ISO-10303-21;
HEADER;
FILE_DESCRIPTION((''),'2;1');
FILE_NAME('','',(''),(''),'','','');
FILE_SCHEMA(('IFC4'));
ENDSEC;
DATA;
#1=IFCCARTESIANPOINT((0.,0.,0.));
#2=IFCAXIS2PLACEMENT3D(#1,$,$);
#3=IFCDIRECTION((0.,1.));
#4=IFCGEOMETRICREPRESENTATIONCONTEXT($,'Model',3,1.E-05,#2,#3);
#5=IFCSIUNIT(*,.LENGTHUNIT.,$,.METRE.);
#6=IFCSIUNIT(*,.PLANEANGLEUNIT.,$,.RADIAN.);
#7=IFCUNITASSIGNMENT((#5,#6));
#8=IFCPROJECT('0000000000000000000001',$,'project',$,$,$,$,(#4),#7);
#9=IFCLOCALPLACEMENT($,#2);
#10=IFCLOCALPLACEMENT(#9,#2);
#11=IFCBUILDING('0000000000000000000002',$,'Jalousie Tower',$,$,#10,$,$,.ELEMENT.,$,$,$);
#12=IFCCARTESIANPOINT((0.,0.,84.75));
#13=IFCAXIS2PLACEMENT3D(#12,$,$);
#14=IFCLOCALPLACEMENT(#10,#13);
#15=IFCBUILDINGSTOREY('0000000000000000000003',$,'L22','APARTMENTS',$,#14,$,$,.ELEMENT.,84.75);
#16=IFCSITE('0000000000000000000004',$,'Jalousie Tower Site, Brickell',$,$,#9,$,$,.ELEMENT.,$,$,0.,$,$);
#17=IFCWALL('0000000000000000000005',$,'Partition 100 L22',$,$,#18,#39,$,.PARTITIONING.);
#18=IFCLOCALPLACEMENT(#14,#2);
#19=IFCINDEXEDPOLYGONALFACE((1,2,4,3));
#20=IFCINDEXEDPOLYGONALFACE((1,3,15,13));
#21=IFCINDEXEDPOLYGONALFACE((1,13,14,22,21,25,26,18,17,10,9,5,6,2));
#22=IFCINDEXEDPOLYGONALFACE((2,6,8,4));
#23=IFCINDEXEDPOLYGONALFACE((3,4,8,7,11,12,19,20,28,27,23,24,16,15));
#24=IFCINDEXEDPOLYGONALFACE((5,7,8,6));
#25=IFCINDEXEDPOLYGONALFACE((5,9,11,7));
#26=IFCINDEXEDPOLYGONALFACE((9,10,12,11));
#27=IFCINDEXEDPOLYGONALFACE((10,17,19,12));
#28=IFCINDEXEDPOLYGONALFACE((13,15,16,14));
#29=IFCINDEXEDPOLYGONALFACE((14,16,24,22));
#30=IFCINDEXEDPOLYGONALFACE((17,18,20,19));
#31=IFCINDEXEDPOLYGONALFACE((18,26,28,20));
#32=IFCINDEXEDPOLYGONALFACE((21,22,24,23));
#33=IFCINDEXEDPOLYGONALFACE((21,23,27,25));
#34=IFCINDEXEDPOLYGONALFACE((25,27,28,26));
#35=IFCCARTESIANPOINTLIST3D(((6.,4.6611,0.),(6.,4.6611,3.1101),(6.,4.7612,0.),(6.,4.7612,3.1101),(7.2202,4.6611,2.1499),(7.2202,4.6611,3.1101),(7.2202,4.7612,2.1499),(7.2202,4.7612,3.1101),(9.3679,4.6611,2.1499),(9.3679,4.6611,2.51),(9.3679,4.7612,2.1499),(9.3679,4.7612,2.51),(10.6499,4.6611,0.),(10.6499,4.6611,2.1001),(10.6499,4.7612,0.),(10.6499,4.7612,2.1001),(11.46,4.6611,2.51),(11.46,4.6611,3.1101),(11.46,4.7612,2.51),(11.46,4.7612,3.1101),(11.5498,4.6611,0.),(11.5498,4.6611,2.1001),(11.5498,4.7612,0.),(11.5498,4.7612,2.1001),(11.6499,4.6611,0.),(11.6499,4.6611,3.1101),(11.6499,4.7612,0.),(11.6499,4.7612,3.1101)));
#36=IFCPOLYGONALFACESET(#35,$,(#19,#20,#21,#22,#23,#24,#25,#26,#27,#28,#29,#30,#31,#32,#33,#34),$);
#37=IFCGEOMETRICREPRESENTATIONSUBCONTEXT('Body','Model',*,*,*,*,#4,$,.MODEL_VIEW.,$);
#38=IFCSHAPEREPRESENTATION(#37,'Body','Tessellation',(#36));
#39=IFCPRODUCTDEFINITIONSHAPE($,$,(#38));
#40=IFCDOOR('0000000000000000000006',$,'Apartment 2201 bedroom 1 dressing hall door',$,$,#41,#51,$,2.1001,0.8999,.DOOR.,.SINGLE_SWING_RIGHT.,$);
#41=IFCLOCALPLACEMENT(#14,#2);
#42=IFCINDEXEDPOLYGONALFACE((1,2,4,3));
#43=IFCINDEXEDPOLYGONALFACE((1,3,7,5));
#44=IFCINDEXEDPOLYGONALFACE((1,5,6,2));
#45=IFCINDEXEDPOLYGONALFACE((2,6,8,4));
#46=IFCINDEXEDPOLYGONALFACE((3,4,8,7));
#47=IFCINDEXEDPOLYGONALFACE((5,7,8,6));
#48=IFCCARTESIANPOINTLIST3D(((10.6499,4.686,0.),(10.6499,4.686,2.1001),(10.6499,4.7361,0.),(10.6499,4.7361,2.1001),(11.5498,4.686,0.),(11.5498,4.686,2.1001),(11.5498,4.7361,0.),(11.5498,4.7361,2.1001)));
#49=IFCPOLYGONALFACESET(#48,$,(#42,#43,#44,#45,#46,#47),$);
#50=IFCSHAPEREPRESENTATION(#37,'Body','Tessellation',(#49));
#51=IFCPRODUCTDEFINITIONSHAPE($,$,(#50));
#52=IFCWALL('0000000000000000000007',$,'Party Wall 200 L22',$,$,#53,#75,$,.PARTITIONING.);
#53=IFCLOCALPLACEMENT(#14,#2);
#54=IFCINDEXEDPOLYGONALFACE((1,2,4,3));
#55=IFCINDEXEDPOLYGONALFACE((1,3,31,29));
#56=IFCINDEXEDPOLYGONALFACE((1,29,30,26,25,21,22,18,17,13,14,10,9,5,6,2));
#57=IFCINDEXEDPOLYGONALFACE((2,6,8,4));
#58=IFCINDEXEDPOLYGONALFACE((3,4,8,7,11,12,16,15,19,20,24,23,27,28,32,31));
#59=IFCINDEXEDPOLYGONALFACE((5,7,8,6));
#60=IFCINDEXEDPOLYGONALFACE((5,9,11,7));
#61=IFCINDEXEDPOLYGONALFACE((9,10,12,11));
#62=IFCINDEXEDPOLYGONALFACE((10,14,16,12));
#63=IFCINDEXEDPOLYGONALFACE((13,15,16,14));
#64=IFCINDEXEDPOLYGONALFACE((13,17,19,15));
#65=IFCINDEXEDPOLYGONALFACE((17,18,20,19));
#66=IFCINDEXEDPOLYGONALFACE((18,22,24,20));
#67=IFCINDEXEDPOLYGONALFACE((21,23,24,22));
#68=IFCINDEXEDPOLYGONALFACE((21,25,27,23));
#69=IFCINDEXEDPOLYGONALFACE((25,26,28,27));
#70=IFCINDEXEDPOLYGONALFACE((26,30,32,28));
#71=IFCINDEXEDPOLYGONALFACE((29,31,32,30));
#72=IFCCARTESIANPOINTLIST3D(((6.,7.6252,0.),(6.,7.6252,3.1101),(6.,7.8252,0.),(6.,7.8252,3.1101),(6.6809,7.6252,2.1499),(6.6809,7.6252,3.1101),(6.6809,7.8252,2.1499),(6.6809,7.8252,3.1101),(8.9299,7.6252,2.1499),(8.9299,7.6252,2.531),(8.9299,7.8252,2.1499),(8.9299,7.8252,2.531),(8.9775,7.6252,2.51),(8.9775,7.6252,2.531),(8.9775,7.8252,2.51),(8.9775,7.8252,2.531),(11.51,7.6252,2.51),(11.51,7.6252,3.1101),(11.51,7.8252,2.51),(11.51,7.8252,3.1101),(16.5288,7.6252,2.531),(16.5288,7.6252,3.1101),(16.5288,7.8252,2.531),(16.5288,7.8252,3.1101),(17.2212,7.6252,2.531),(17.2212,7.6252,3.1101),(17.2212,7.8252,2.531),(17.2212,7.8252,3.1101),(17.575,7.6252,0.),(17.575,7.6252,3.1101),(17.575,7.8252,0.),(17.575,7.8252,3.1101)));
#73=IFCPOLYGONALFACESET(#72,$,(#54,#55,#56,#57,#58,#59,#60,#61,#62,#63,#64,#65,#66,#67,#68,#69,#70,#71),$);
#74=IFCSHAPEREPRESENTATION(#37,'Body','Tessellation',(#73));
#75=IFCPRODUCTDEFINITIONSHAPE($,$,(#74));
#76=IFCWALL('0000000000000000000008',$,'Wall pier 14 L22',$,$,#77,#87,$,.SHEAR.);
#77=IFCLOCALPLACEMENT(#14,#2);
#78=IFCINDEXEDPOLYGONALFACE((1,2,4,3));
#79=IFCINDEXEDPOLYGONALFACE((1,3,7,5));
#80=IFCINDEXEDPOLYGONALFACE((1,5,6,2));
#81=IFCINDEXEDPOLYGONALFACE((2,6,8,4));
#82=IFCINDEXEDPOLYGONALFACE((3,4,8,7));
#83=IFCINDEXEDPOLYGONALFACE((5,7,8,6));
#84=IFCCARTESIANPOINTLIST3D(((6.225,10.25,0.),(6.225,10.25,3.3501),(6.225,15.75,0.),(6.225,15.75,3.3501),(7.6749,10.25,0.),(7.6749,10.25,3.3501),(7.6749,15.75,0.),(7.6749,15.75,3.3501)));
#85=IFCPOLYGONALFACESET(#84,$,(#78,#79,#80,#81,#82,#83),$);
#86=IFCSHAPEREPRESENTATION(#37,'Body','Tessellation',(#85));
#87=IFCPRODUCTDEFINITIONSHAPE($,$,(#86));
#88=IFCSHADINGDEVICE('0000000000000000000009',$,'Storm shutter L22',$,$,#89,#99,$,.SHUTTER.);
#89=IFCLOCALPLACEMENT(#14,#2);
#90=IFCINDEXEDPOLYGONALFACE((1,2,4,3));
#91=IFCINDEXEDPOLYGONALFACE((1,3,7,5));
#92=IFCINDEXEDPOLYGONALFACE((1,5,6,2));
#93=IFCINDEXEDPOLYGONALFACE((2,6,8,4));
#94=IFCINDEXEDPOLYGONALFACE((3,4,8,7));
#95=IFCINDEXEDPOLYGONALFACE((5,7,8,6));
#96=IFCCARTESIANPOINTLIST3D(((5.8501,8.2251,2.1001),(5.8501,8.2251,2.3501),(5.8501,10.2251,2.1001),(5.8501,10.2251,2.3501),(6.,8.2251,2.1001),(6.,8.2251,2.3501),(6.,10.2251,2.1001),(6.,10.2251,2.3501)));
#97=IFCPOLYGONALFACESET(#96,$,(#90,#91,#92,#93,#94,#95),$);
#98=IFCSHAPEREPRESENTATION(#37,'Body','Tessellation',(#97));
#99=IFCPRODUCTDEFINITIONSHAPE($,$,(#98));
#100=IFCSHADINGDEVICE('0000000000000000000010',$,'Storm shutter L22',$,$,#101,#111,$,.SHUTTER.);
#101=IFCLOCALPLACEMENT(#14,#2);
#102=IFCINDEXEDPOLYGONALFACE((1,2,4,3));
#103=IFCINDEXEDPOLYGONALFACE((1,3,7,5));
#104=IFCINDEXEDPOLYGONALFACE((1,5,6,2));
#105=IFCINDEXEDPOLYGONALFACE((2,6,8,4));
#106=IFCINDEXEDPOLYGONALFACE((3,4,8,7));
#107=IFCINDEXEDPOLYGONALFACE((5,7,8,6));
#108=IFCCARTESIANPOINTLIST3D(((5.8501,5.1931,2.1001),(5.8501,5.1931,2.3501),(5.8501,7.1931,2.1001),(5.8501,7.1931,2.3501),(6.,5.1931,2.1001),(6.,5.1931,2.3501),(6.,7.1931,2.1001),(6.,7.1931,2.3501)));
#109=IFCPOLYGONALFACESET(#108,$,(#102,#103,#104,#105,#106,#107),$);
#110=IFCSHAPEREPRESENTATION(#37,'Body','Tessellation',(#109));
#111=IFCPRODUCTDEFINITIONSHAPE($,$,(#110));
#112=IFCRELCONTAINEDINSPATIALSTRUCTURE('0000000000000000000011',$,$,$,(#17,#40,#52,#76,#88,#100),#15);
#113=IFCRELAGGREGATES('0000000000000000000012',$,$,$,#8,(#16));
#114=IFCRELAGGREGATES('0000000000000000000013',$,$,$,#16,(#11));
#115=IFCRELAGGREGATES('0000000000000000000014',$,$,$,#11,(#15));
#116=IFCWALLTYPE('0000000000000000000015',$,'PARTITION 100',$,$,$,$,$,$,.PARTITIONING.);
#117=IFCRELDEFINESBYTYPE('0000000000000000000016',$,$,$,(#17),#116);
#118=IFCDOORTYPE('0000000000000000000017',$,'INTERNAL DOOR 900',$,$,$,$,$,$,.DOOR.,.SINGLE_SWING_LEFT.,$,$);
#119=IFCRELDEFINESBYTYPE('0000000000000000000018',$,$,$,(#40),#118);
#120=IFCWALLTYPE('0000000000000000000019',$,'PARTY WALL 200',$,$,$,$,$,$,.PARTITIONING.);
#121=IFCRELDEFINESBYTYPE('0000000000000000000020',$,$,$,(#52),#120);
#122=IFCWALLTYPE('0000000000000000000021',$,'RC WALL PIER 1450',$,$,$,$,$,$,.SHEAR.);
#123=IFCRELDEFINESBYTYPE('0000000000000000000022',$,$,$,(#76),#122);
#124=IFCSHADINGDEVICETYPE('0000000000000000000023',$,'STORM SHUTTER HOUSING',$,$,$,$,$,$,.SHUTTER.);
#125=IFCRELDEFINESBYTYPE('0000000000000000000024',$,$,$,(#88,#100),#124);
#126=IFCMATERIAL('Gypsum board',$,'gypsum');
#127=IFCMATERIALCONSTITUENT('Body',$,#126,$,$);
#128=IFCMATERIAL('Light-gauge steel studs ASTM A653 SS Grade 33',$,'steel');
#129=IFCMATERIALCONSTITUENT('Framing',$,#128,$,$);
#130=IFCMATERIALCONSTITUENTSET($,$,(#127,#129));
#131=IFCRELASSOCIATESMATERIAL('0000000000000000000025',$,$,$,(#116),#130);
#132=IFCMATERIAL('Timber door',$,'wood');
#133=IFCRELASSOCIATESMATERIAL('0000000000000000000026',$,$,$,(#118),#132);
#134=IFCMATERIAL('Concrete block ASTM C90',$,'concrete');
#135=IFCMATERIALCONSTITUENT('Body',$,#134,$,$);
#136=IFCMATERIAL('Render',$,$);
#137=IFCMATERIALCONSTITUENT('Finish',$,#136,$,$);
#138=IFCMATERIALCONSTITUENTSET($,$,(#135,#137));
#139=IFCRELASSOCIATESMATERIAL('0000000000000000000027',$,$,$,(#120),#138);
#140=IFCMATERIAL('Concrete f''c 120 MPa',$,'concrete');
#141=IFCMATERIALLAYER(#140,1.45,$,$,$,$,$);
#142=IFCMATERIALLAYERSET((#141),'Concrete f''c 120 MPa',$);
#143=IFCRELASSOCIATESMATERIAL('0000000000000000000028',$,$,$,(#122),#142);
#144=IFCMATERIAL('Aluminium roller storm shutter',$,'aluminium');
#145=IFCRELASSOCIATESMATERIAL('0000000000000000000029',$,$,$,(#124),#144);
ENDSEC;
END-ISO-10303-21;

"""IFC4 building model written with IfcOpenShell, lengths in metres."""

from ifc_helpers import new_model, si_unit, direction, frame, frame_2d, origin, origin_2d, place, context, subcontext, project, spatial, polyline, rectangle, outline, extrude, material, layer, layer_set, constituent, constituent_set, type_object, element, fill, save


model = new_model("IFC4")

# Units and contexts
model_context = context("Model", 3, precision=1e-05, world=origin(), true_north=direction((0.0, 1.0)))
body_context = subcontext(model_context, "Body", "Model", "MODEL_VIEW")
ifc_project = project(units=[si_unit("LENGTHUNIT", "METRE"), si_unit("PLANEANGLEUNIT", "RADIAN")], contexts=[model_context])

# Site, building, storey
site_placement = place(None, origin())
site = spatial("IfcSite", under=ifc_project, at=site_placement, Name="Jalousie Tower Site, Brickell", CompositionType="ELEMENT", RefElevation=0.0)
building_placement = place(site_placement, origin())
building = spatial("IfcBuilding", under=site, at=building_placement, Name="Jalousie Tower", CompositionType="ELEMENT")
storey_placement = place(building_placement, frame((0.0, 0.0, 84.75)))
storey = spatial("IfcBuildingStorey", under=building, at=storey_placement, Name="L22", Description="APARTMENTS", CompositionType="ELEMENT", Elevation=84.75)

# Wall, opening, door
ifc_material_1 = material(Name="Gypsum board", Category="gypsum")
ifc_constituent_1 = constituent(ifc_material_1, Name="Body")
ifc_material_2 = material(Name="Light-gauge steel studs ASTM A653 SS Grade 33", Category="steel")
ifc_constituent_2 = constituent(ifc_material_2, Name="Framing")
ifc_constituent_set_1 = constituent_set(constituents=[ifc_constituent_1, ifc_constituent_2])
wall_type_1 = type_object("IfcWallType", Name="PARTITION 100", PredefinedType="PARTITIONING", material=ifc_constituent_set_1)
wall_1_placement = place(storey_placement, frame((6.0, 4.7112, 0.0), z_axis=(0.0, 0.0, 1.0), x_axis=(1.0, 0.0, 0.0)))
wall_1 = element("IfcWall", 1, at=wall_1_placement, inside=storey, type_object=wall_type_1, Name="Partition 100 L22", PredefinedType="PARTITIONING", context=body_context, shape_type="SweptSolid", body=[
    extrude(outline(polyline([(0.0, 0.0), (5.6499, 0.0), (5.6499, 3.1101), (5.46, 3.1101), (5.46, 2.51), (3.3679, 2.51), (3.3679, 2.1499), (1.2202, 2.1499), (1.2202, 3.1101), (0.0, 3.1101), (0.0, 0.0)])), frame((0.0, 0.05, 0.0), z_axis=(0.0, -1.0, 0.0), x_axis=(1.0, 0.0, 0.0)), (0.0, 0.0, 1.0), 0.1001),
])
opening_1_placement = place(wall_1_placement, frame((4.6499, 0.0, 0.0)))
opening_1 = element("IfcOpeningElement", 2, at=opening_1_placement, cuts=wall_1, PredefinedType="OPENING", context=body_context, shape_type="SweptSolid", body=[
    extrude(rectangle(XDim=0.8999, YDim=2.1001, at=frame_2d((0.45, 1.05))), frame((0.0, 0.0601, 0.0), z_axis=(0.0, -1.0, 0.0), x_axis=(1.0, 0.0, 0.0)), (0.0, 0.0, 1.0), 0.1201),
])
ifc_material_3 = material(Name="Timber door", Category="wood")
door_type_1 = type_object("IfcDoorType", Name="INTERNAL DOOR 900", OperationType="SINGLE_SWING_LEFT", PredefinedType="DOOR", material=ifc_material_3)
door_1_placement = place(opening_1_placement, origin())
door_1 = element("IfcDoor", 3, at=door_1_placement, inside=storey, type_object=door_type_1, Name="Apartment 2201 bedroom 1 dressing hall door", OperationType="SINGLE_SWING_RIGHT", OverallHeight=2.1001, OverallWidth=0.8999, PredefinedType="DOOR", context=body_context, shape_type="SweptSolid", body=[
    extrude(rectangle(XDim=0.8999, YDim=2.1001, at=frame_2d((0.45, 1.05))), frame((0.0, 0.0249, 0.0), z_axis=(0.0, -1.0, 0.0), x_axis=(1.0, 0.0, 0.0)), (0.0, 0.0, 1.0), 0.05),
])
fill(opening_1, door_1)

# Walls
ifc_material_4 = material(Name="Concrete block ASTM C90", Category="concrete")
ifc_constituent_3 = constituent(ifc_material_4, Name="Body")
ifc_material_5 = material(Name="Render")
ifc_constituent_4 = constituent(ifc_material_5, Name="Finish")
ifc_constituent_set_2 = constituent_set(constituents=[ifc_constituent_3, ifc_constituent_4])
wall_type_2 = type_object("IfcWallType", Name="PARTY WALL 200", PredefinedType="PARTITIONING", material=ifc_constituent_set_2)
wall_2_placement = place(storey_placement, frame((6.0, 7.7251, 0.0), z_axis=(0.0, 0.0, 1.0), x_axis=(1.0, 0.0, 0.0)))
element("IfcWall", 4, at=wall_2_placement, inside=storey, type_object=wall_type_2, Name="Party Wall 200 L22", PredefinedType="PARTITIONING", context=body_context, shape_type="SweptSolid", body=[
    extrude(outline(polyline([(0.0, 0.0), (11.575, 0.0), (11.575, 3.1101), (11.2212, 3.1101), (11.2212, 2.531), (10.5288, 2.531), (10.5288, 3.1101), (5.51, 3.1101), (5.51, 2.51), (2.9775, 2.51), (2.9775, 2.531), (2.9299, 2.531), (2.9299, 2.1499), (0.6809, 2.1499), (0.6809, 3.1101), (0.0, 3.1101), (0.0, 0.0)])), frame((0.0, 0.1001, 0.0), z_axis=(0.0, -1.0, 0.0), x_axis=(1.0, 0.0, 0.0)), (0.0, 0.0, 1.0), 0.2),
])
ifc_material_6 = material(Name="Concrete f'c 120 MPa", Category="concrete")
ifc_layer_1 = layer(ifc_material_6, 1.45)
ifc_layer_set_1 = layer_set([ifc_layer_1], Name="Concrete f'c 120 MPa")
wall_type_3 = type_object("IfcWallType", Name="RC WALL PIER 1450", PredefinedType="SHEAR", material=ifc_layer_set_1)
wall_3_placement = place(storey_placement, frame((6.95, 10.25, 0.0), z_axis=(0.0, 0.0, 1.0), x_axis=(0.0, 1.0, 0.0)))
element("IfcWall", 5, at=wall_3_placement, inside=storey, type_object=wall_type_3, Name="Wall pier 14 L22", PredefinedType="SHEAR", context=body_context, shape_type="SweptSolid", body=[
    extrude(rectangle(XDim=5.5, YDim=1.45, at=frame_2d((2.75, 0.0))), origin(), (0.0, 0.0, 1.0), 3.3501),
])

# Shading devices
ifc_material_7 = material(Name="Aluminium roller storm shutter", Category="aluminium")
shading_device_type = type_object("IfcShadingDeviceType", Name="STORM SHUTTER HOUSING", PredefinedType="SHUTTER", material=ifc_material_7)
for number, where, z_axis, x_axis, name in (
    (6, (5.925, 9.2251, 2.1001), (0.0, 0.0, 1.0), (0.0, -1.0, 0.0), "Storm shutter L22"),
    (7, (5.925, 6.1931, 2.1001), (0.0, 0.0, 1.0), (0.0, -1.0, 0.0), "Storm shutter L22"),
):
    element("IfcShadingDevice", number, at=place(storey_placement, frame(where, z_axis=z_axis, x_axis=x_axis)), inside=storey, type_object=shading_device_type, Name=name, PredefinedType="SHUTTER", context=body_context, shape_type="SweptSolid", body=[
        extrude(rectangle(XDim=2.0, YDim=0.1499, at=origin_2d()), origin(), (0.0, 0.0, 1.0), 0.25),
    ])

save(model, "model.ifc")
